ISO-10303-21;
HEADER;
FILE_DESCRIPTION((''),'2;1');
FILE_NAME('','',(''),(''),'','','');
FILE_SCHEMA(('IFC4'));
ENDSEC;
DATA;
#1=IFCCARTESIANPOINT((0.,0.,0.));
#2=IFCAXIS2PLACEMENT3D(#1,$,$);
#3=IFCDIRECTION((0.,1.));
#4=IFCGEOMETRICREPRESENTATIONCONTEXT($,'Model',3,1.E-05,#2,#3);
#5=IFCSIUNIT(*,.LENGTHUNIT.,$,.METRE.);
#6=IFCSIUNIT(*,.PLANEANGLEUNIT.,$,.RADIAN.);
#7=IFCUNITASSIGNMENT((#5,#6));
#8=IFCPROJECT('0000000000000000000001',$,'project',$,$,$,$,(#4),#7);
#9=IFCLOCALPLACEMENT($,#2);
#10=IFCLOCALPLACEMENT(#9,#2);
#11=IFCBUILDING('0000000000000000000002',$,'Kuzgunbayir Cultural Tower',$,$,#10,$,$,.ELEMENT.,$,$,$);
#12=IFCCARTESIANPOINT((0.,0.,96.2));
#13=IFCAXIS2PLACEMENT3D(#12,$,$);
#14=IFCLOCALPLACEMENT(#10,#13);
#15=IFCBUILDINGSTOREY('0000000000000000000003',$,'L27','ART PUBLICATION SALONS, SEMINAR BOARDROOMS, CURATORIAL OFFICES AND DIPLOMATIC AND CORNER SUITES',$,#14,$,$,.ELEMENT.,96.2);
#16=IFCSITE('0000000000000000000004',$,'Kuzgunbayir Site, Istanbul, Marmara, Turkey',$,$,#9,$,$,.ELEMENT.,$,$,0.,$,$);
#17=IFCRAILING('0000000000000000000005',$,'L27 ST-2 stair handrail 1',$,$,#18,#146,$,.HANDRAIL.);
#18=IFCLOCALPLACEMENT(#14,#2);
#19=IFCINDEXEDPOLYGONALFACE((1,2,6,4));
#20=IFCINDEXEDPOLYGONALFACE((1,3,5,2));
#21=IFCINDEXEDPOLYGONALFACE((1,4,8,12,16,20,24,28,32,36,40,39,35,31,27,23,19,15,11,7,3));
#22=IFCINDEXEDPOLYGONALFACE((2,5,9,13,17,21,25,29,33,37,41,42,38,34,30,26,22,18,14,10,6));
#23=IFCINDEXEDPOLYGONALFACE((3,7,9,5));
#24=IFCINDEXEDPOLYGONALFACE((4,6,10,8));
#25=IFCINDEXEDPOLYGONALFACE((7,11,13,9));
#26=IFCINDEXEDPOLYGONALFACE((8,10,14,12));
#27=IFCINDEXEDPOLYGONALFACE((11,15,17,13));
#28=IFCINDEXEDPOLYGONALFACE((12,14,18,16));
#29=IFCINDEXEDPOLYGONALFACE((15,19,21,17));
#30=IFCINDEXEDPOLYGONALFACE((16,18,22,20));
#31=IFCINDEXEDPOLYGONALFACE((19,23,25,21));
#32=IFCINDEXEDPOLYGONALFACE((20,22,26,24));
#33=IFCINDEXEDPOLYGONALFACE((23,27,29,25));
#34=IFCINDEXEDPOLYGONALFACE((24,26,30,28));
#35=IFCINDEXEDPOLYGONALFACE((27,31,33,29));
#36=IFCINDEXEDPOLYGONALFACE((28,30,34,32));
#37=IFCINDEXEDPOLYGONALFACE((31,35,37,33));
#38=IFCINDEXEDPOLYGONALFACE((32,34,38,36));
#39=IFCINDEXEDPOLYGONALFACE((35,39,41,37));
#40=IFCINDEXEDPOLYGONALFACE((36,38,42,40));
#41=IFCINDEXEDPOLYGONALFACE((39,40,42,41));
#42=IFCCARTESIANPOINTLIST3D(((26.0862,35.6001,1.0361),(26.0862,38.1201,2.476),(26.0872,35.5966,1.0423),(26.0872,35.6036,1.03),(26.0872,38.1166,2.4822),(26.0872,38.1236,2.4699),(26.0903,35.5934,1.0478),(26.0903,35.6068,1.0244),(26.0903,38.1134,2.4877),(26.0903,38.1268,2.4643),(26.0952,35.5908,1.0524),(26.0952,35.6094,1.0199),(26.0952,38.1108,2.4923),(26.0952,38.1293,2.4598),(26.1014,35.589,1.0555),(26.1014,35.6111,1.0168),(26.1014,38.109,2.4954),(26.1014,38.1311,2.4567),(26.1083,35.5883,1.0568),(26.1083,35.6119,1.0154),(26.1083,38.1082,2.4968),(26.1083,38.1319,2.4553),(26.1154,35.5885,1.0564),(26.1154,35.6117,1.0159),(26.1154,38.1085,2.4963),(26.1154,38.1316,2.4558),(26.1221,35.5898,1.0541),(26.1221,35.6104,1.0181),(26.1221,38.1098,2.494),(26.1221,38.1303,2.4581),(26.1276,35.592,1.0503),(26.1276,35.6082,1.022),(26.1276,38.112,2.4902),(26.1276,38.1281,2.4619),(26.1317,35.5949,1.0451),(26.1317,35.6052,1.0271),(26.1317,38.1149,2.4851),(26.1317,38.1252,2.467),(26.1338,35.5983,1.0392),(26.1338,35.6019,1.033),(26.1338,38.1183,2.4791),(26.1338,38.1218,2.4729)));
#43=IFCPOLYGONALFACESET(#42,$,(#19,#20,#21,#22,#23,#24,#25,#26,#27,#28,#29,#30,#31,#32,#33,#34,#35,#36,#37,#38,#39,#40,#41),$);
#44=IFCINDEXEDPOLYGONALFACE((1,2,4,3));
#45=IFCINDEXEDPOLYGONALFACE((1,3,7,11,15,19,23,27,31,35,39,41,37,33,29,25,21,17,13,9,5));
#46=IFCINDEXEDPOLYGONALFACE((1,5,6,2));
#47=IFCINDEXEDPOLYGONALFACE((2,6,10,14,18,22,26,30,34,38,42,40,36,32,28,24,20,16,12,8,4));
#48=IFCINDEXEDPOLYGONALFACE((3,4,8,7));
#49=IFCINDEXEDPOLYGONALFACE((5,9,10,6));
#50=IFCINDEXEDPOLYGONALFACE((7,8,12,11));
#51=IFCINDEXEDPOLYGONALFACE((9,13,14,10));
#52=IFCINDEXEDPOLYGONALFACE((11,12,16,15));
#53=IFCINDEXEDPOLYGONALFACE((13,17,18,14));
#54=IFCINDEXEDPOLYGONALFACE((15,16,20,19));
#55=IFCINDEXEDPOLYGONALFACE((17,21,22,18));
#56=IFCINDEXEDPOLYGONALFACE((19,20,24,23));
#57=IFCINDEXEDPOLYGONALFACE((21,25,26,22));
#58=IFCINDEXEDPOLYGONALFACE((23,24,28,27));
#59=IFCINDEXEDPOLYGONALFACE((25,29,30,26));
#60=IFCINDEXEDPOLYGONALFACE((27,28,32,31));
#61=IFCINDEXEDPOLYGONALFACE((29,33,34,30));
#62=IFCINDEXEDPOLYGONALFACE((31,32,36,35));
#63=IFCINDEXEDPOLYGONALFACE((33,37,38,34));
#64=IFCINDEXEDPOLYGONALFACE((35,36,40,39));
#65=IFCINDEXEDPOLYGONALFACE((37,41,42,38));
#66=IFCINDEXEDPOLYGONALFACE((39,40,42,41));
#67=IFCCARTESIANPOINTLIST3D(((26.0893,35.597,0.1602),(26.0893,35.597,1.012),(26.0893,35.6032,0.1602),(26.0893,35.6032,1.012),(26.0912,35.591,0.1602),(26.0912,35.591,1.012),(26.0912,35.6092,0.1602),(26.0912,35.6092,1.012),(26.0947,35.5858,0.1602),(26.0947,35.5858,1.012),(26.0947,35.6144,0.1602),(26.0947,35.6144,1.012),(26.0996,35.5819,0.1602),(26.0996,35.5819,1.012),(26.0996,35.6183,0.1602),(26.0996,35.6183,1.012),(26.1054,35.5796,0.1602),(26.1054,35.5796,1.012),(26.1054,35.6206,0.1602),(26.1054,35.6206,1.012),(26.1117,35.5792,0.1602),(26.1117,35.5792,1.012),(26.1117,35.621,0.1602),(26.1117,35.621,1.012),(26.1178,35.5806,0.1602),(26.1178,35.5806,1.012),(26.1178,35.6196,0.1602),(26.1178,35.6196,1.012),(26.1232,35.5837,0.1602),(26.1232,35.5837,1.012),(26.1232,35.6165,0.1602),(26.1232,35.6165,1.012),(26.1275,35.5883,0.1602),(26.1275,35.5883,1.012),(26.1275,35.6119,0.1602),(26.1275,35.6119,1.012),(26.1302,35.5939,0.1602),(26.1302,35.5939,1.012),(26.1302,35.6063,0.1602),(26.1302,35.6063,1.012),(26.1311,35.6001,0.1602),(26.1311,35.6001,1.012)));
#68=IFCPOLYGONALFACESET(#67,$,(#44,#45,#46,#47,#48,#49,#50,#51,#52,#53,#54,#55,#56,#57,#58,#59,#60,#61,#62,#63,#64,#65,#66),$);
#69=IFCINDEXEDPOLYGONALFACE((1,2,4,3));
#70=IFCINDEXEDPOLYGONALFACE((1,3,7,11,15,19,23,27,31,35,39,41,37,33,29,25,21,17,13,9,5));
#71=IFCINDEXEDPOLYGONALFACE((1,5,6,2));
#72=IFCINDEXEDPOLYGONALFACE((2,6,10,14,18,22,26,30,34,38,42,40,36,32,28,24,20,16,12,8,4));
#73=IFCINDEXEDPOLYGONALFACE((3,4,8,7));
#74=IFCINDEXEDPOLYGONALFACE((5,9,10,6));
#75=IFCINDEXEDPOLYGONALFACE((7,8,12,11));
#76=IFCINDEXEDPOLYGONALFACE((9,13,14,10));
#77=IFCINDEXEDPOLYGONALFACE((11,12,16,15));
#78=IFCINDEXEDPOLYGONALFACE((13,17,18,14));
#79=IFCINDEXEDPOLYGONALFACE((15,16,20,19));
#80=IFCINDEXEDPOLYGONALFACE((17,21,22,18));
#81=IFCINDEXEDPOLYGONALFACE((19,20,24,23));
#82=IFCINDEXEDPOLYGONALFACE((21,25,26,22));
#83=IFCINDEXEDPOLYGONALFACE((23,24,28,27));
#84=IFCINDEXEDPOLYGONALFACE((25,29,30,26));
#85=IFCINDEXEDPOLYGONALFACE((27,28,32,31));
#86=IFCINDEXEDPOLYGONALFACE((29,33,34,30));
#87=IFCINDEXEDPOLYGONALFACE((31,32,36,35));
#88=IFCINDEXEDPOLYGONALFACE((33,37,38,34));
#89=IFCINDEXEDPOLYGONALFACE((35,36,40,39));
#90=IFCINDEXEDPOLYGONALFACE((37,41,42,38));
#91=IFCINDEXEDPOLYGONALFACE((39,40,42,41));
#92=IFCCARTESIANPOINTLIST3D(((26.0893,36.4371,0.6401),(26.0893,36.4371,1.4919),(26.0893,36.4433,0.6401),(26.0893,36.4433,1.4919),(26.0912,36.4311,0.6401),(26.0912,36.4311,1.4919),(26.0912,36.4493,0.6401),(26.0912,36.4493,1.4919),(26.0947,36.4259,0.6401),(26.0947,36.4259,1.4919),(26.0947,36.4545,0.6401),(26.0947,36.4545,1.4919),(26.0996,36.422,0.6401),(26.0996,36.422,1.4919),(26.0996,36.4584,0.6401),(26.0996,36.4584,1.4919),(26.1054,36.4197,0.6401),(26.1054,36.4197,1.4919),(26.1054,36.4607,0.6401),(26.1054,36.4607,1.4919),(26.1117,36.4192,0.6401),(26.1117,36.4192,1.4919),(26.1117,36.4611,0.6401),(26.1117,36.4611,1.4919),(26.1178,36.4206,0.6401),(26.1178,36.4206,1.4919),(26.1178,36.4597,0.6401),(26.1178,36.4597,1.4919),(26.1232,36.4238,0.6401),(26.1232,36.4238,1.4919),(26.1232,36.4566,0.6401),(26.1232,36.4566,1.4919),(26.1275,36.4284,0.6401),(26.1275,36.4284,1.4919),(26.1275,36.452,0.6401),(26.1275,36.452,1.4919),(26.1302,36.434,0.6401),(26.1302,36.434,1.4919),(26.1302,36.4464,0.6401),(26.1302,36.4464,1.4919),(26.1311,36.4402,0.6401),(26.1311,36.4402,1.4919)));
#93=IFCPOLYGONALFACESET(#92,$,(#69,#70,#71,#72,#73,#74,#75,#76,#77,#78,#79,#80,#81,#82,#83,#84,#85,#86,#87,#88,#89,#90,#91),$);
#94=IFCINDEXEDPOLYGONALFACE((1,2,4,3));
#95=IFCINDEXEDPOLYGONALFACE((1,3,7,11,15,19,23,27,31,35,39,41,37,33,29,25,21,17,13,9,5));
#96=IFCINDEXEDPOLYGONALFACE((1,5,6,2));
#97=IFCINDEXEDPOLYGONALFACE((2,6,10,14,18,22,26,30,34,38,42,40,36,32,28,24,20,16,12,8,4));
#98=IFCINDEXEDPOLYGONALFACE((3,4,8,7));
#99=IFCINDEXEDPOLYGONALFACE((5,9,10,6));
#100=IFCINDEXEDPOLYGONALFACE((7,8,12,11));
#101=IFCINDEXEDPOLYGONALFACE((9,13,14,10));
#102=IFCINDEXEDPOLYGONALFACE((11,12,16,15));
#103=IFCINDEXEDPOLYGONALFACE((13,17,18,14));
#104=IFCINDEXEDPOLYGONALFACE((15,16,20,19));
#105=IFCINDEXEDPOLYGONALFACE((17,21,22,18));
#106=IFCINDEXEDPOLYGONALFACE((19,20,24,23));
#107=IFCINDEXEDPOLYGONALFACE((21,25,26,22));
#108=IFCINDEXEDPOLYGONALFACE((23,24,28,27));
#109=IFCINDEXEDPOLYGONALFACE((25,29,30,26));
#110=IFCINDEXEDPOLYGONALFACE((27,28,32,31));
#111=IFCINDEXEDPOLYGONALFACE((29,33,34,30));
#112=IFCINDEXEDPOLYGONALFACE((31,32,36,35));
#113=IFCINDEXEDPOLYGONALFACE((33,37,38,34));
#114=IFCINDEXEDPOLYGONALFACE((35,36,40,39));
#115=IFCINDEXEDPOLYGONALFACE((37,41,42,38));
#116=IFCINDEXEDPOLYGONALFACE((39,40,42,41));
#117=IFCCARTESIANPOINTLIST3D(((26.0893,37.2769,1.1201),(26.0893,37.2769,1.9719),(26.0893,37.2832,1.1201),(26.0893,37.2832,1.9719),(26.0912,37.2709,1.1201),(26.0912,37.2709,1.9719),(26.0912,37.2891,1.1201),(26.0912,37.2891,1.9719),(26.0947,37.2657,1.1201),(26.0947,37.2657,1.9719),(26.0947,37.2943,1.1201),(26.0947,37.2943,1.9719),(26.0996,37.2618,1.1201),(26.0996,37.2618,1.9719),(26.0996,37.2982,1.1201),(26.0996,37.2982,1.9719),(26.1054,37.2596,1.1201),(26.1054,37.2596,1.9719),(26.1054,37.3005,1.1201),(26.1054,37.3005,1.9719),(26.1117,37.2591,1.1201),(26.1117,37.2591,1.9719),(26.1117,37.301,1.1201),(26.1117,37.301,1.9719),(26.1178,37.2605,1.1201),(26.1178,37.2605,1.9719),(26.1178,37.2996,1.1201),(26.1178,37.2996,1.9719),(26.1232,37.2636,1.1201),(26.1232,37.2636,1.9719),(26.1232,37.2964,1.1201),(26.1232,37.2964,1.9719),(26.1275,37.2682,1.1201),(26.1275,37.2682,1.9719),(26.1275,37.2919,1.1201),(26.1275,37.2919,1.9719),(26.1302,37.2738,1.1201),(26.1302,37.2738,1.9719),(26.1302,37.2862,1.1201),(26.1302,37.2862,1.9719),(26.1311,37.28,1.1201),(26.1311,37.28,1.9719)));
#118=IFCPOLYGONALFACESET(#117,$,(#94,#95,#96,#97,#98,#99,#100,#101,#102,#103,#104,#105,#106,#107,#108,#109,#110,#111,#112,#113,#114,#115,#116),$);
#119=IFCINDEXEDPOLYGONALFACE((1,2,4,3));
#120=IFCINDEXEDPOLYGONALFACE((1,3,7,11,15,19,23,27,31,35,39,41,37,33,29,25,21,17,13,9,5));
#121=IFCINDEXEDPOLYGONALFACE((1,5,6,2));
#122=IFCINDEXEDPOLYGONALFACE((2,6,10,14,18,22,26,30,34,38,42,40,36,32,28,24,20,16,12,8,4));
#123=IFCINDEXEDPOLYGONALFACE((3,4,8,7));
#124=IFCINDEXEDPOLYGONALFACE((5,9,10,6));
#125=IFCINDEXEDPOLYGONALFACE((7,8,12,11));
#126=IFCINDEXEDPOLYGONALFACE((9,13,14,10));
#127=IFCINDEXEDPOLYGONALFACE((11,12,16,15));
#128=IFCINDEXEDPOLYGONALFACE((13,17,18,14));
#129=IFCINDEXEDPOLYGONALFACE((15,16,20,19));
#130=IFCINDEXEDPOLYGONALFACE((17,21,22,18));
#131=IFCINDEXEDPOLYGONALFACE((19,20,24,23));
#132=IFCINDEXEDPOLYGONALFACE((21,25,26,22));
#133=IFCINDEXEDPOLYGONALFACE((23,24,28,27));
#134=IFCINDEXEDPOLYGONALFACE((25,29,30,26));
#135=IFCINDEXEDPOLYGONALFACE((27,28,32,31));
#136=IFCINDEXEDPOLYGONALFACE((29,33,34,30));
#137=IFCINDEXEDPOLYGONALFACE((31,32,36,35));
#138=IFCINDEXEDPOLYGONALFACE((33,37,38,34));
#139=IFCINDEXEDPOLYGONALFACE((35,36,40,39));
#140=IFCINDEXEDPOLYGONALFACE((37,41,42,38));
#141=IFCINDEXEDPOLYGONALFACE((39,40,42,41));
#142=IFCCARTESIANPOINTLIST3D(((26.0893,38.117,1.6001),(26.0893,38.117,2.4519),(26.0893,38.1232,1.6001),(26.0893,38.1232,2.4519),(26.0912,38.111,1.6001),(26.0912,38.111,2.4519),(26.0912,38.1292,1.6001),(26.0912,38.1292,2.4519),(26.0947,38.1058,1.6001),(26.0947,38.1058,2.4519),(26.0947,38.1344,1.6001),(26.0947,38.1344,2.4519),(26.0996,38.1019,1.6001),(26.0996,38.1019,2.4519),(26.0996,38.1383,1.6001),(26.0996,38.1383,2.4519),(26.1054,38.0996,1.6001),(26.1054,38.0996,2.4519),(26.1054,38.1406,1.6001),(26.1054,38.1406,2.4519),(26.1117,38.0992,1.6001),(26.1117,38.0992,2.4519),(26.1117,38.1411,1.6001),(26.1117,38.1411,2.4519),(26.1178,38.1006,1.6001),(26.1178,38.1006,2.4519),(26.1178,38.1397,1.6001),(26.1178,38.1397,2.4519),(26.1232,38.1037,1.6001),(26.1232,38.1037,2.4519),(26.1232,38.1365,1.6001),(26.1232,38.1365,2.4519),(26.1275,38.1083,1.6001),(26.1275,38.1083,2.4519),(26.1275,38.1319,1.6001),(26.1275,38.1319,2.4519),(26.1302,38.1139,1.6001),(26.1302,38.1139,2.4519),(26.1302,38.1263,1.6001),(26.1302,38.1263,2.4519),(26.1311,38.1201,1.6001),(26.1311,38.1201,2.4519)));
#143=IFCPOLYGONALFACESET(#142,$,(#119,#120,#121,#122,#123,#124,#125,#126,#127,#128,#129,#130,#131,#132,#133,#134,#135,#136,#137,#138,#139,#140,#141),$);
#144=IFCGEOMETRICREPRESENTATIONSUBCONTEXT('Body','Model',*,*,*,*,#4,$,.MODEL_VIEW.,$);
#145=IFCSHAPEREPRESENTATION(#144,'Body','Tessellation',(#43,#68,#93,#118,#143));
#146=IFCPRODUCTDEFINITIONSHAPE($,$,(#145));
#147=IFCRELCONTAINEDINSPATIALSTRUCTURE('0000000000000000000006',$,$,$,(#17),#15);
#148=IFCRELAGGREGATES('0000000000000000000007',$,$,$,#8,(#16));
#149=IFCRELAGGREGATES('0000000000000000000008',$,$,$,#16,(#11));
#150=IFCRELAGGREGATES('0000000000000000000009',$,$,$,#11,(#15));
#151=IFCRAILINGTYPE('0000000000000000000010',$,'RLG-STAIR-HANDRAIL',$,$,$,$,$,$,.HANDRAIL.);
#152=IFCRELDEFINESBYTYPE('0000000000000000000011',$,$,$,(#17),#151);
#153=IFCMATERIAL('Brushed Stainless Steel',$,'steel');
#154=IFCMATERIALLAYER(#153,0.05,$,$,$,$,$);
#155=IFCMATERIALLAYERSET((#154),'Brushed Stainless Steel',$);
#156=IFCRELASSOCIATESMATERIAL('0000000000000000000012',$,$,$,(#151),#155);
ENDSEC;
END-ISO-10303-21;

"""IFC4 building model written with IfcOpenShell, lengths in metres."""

from ifc_helpers import new_model, si_unit, direction, frame, origin, origin_2d, place, context, subcontext, project, spatial, circle, extrude, material, layer, layer_set, type_object, element, save


model = new_model("IFC4")

# Units and contexts
model_context = context("Model", 3, precision=1e-05, world=origin(), true_north=direction((0.0, 1.0)))
body_context = subcontext(model_context, "Body", "Model", "MODEL_VIEW")
ifc_project = project(units=[si_unit("LENGTHUNIT", "METRE"), si_unit("PLANEANGLEUNIT", "RADIAN")], contexts=[model_context])

# Site, building, storey
site_placement = place(None, origin())
site = spatial("IfcSite", under=ifc_project, at=site_placement, Name="Kuzgunbayir Site, Istanbul, Marmara, Turkey", CompositionType="ELEMENT", RefElevation=0.0)
building_placement = place(site_placement, origin())
building = spatial("IfcBuilding", under=site, at=building_placement, Name="Kuzgunbayir Cultural Tower", CompositionType="ELEMENT")
storey_placement = place(building_placement, frame((0.0, 0.0, 96.2)))
storey = spatial("IfcBuildingStorey", under=building, at=storey_placement, Name="L27", Description="ART PUBLICATION SALONS, SEMINAR BOARDROOMS, CURATORIAL OFFICES AND DIPLOMATIC AND CORNER SUITES", CompositionType="ELEMENT", Elevation=96.2)

# Shared definitions
ifc_material_1 = material(Name="Brushed Stainless Steel", Category="steel")

# Railing
ifc_layer_1 = layer(ifc_material_1, 0.05)
ifc_layer_set_1 = layer_set([ifc_layer_1], Name="Brushed Stainless Steel")
railing_type_1 = type_object("IfcRailingType", Name="RLG-STAIR-HANDRAIL", PredefinedType="HANDRAIL", material=ifc_layer_set_1)
railing_1_placement = place(storey_placement, frame((26.1101, 35.6001, 0.1602)))
element("IfcRailing", 1, at=railing_1_placement, inside=storey, type_object=railing_type_1, Name="L27 ST-2 stair handrail 1", PredefinedType="HANDRAIL", context=body_context, shape_type="SweptSolid", body=[
    extrude(circle(Radius=0.0239, at=origin_2d()), frame((0.0, 0.0, 0.876), z_axis=(0.0, 0.868253, 0.496121), x_axis=(-1.0, 0.0, 0.0)), (0.0, 0.0, 1.0), 2.9023),
    extrude(circle(Radius=0.021, at=origin_2d()), origin(), (0.0, 0.0, 1.0), 0.8518),
    extrude(circle(Radius=0.021, at=origin_2d()), frame((0.0, 0.8401, 0.48)), (0.0, 0.0, 1.0), 0.8518),
    extrude(circle(Radius=0.021, at=origin_2d()), frame((0.0, 1.6799, 0.96)), (0.0, 0.0, 1.0), 0.8518),
    extrude(circle(Radius=0.021, at=origin_2d()), frame((0.0, 2.52, 1.4399)), (0.0, 0.0, 1.0), 0.8518),
])

save(model, "model.ifc")
